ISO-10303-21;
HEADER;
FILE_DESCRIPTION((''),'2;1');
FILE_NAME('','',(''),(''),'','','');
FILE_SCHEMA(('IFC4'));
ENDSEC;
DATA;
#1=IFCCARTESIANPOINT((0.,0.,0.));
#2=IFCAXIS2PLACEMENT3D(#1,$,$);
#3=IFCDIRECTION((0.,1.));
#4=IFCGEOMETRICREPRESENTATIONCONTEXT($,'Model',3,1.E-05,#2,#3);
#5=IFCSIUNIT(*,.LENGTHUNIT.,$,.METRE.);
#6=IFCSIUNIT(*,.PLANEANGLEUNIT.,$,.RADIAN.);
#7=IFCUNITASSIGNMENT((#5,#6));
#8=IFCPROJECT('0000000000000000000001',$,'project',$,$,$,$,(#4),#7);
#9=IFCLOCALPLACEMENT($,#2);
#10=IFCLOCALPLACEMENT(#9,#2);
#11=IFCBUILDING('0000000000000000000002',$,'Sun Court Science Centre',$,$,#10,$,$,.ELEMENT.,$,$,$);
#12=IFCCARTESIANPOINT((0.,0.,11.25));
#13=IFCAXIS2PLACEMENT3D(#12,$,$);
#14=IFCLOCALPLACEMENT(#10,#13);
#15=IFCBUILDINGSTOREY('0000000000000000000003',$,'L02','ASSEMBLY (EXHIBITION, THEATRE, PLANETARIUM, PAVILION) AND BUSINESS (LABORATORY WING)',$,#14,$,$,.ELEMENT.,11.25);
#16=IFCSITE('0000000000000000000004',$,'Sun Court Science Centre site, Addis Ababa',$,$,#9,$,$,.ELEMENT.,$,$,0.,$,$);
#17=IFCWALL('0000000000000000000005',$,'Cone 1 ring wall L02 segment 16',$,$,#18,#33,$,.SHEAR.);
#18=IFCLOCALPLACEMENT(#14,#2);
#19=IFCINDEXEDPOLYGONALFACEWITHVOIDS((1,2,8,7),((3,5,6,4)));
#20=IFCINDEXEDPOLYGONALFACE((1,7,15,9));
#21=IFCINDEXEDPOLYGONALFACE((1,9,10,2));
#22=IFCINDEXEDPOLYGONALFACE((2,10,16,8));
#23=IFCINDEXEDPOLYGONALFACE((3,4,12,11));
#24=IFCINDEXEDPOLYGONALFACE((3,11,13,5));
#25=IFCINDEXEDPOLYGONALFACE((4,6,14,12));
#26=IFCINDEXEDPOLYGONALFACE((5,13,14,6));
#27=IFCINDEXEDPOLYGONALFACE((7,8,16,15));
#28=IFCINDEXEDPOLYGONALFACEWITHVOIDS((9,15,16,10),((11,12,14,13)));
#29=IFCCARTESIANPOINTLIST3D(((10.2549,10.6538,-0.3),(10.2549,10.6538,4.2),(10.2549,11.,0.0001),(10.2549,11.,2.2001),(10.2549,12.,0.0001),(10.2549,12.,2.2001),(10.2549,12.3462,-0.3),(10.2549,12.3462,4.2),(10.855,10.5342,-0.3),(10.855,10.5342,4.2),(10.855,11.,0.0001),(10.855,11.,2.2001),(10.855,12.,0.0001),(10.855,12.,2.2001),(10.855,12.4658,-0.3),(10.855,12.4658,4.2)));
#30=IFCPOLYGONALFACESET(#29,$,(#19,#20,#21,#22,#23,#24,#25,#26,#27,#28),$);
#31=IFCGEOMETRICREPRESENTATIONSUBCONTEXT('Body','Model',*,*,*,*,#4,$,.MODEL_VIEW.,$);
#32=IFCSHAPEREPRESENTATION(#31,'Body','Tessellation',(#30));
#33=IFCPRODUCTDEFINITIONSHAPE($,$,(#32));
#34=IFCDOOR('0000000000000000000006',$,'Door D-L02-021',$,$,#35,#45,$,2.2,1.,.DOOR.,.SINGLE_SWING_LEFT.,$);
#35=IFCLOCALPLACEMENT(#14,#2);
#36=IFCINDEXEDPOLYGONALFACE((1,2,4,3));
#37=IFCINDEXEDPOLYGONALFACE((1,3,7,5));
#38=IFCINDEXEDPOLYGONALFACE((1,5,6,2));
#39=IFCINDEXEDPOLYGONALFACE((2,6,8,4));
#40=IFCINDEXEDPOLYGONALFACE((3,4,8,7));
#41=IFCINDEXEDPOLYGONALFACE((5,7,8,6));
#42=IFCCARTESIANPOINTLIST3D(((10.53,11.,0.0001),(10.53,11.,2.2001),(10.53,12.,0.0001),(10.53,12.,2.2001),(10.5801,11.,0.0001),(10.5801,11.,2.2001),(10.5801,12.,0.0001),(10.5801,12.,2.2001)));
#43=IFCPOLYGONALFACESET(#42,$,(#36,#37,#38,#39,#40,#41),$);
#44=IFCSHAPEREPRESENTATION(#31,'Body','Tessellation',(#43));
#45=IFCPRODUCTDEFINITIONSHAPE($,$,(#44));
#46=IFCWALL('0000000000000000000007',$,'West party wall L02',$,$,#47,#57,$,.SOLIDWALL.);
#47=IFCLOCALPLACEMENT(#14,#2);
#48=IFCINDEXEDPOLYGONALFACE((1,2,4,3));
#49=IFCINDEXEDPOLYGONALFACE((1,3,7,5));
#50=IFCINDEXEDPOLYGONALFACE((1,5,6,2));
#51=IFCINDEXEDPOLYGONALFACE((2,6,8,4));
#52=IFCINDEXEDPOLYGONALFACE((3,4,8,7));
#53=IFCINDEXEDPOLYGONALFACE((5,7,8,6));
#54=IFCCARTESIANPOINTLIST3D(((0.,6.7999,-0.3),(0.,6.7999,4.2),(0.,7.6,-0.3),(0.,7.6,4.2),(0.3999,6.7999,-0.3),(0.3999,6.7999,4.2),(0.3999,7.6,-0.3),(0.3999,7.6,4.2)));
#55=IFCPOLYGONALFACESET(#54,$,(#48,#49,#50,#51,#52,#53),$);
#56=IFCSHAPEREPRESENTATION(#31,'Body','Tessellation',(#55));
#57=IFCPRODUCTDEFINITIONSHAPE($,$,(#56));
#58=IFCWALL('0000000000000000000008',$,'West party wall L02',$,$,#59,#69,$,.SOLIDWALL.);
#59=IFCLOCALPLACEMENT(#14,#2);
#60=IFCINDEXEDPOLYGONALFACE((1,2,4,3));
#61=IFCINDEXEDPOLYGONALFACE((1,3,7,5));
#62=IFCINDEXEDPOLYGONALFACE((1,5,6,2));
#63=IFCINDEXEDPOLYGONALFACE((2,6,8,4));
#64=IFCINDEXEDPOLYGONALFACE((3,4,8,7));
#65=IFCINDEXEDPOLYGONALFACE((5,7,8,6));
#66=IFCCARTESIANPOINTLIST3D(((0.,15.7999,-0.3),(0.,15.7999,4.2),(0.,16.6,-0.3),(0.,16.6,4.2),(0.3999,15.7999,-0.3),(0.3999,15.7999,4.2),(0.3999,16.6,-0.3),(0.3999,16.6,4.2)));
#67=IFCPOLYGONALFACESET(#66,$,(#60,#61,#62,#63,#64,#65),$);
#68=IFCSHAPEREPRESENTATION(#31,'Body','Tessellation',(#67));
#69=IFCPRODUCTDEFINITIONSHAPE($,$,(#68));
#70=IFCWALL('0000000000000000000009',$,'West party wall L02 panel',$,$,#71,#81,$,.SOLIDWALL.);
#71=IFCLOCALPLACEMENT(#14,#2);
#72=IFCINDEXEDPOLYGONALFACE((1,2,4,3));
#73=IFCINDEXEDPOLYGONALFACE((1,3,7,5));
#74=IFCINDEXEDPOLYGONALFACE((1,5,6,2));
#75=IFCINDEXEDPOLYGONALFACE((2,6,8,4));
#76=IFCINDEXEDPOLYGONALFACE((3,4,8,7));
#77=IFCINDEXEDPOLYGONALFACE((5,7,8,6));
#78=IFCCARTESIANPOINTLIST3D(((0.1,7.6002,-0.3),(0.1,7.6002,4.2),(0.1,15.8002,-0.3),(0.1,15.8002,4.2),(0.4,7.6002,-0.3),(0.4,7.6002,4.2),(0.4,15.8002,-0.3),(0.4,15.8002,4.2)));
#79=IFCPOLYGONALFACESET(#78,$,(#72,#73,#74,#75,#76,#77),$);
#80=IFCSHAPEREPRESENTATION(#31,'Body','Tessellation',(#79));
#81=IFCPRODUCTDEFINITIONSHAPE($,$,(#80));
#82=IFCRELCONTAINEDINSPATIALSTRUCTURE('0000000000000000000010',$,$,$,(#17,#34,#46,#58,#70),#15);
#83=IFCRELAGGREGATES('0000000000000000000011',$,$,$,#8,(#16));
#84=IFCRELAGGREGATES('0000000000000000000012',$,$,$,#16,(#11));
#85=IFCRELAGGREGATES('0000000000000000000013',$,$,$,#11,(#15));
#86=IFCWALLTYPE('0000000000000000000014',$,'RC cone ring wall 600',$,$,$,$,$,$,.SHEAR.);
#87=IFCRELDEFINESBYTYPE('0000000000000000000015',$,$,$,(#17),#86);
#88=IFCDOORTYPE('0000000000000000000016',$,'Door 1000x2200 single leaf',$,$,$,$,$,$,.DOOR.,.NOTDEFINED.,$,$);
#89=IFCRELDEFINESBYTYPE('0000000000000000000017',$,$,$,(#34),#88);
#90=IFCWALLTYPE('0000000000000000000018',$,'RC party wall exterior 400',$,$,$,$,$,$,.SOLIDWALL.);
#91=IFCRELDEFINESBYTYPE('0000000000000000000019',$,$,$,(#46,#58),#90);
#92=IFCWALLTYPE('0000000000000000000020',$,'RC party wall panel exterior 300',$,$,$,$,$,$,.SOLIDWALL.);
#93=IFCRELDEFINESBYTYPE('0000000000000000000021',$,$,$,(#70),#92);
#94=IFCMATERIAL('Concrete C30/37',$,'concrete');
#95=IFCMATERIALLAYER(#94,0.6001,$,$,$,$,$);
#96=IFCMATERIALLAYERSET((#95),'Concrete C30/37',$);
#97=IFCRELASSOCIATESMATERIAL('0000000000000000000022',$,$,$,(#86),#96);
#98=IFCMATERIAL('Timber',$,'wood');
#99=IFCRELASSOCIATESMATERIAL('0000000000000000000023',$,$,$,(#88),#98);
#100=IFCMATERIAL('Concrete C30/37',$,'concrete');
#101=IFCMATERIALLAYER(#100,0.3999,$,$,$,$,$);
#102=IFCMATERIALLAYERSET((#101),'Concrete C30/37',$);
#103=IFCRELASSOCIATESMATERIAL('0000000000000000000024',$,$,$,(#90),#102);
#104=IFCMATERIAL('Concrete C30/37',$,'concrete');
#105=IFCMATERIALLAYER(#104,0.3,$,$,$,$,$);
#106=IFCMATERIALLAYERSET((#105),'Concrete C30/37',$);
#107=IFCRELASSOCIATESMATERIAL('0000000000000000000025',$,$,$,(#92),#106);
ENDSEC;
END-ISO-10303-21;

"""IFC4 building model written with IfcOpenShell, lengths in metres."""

from ifc_helpers import new_model, si_unit, direction, frame, frame_2d, origin, place, context, subcontext, project, spatial, polyline, rectangle, outline, extrude, material, layer, layer_set, type_object, element, fill, save


model = new_model("IFC4")

# Units and contexts
model_context = context("Model", 3, precision=1e-05, world=origin(), true_north=direction((0.0, 1.0)))
body_context = subcontext(model_context, "Body", "Model", "MODEL_VIEW")
ifc_project = project(units=[si_unit("LENGTHUNIT", "METRE"), si_unit("PLANEANGLEUNIT", "RADIAN")], contexts=[model_context])

# Site, building, storey
site_placement = place(None, origin())
site = spatial("IfcSite", under=ifc_project, at=site_placement, Name="Sun Court Science Centre site, Addis Ababa", CompositionType="ELEMENT", RefElevation=0.0)
building_placement = place(site_placement, origin())
building = spatial("IfcBuilding", under=site, at=building_placement, Name="Sun Court Science Centre", CompositionType="ELEMENT")
storey_placement = place(building_placement, frame((0.0, 0.0, 11.25)))
storey = spatial("IfcBuildingStorey", under=building, at=storey_placement, Name="L02", Description="ASSEMBLY (EXHIBITION, THEATRE, PLANETARIUM, PAVILION) AND BUSINESS (LABORATORY WING)", CompositionType="ELEMENT", Elevation=11.25)

# Shared definitions
ifc_material_1 = material(Name="Concrete C30/37", Category="concrete")
ifc_layer_1 = layer(ifc_material_1, 0.6001)
ifc_layer_set_1 = layer_set([ifc_layer_1], Name="Concrete C30/37")
wall_type_1 = type_object("IfcWallType", Name="RC cone ring wall 600", PredefinedType="SHEAR", material=ifc_layer_set_1)

# Wall, opening, door
wall_1_placement = place(storey_placement, frame((10.5549, 10.5344, -0.3), z_axis=(0.0, 0.0, 1.0), x_axis=(0.0, 1.0, 0.0)))
wall_1 = element("IfcWall", 1, at=wall_1_placement, inside=storey, type_object=wall_type_1, Name="Cone 1 ring wall L02 segment 16", PredefinedType="SHEAR", context=body_context, shape_type="SweptSolid", body=[
    extrude(outline(polyline([(-0.0002, -0.3), (1.9314, -0.3), (1.8118, 0.3), (0.1194, 0.3), (-0.0002, -0.3)])), origin(), (0.0, 0.0, 1.0), 4.5),
])
opening_1_placement = place(wall_1_placement, frame((0.4656, 0.0, 0.3)))
opening_1 = element("IfcOpeningElement", 2, at=opening_1_placement, cuts=wall_1, PredefinedType="OPENING", context=body_context, shape_type="SweptSolid", body=[
    extrude(rectangle(XDim=1.0, YDim=2.2, at=frame_2d((0.5, 1.1001))), frame((0.0, 0.3101, 0.0), z_axis=(0.0, -1.0, 0.0), x_axis=(1.0, 0.0, 0.0)), (0.0, 0.0, 1.0), 0.6201),
])
ifc_material_2 = material(Name="Timber", Category="wood")
door_type_1 = type_object("IfcDoorType", Name="Door 1000x2200 single leaf", OperationType="NOTDEFINED", PredefinedType="DOOR", material=ifc_material_2)
door_1_placement = place(opening_1_placement, origin())
door_1 = element("IfcDoor", 3, at=door_1_placement, inside=storey, type_object=door_type_1, Name="Door D-L02-021", OperationType="SINGLE_SWING_LEFT", OverallHeight=2.2, OverallWidth=1.0, PredefinedType="DOOR", context=body_context, shape_type="SweptSolid", body=[
    extrude(rectangle(XDim=1.0, YDim=2.2, at=frame_2d((0.5, 1.1001))), frame((0.0, 0.0249, 0.0), z_axis=(0.0, -1.0, 0.0), x_axis=(1.0, 0.0, 0.0)), (0.0, 0.0, 1.0), 0.05),
])
fill(opening_1, door_1)

# Walls
ifc_material_3 = material(Name="Concrete C30/37", Category="concrete")
ifc_layer_2 = layer(ifc_material_3, 0.3999)
ifc_layer_set_2 = layer_set([ifc_layer_2], Name="Concrete C30/37")
wall_type_2 = type_object("IfcWallType", Name="RC party wall exterior 400", PredefinedType="SOLIDWALL", material=ifc_layer_set_2)
for number, where, z_axis, x_axis, name in (
    (4, (0.2, 6.8, -0.3), (0.0, 0.0, 1.0), (0.0, 1.0, 0.0), "West party wall L02"),
    (5, (0.2, 15.8, -0.3), (0.0, 0.0, 1.0), (0.0, 1.0, 0.0), "West party wall L02"),
):
    element("IfcWall", number, at=place(storey_placement, frame(where, z_axis=z_axis, x_axis=x_axis)), inside=storey, type_object=wall_type_2, Name=name, PredefinedType="SOLIDWALL", context=body_context, shape_type="SweptSolid", body=[
        extrude(rectangle(XDim=0.8, YDim=0.3999, at=frame_2d((0.3999, 0.0))), origin(), (0.0, 0.0, 1.0), 4.5),
    ])
ifc_material_4 = material(Name="Concrete C30/37", Category="concrete")
ifc_layer_3 = layer(ifc_material_4, 0.3)
ifc_layer_set_3 = layer_set([ifc_layer_3], Name="Concrete C30/37")
wall_type_3 = type_object("IfcWallType", Name="RC party wall panel exterior 300", PredefinedType="SOLIDWALL", material=ifc_layer_set_3)
wall_2_placement = place(storey_placement, frame((0.25, 7.6001, -0.3), z_axis=(0.0, 0.0, 1.0), x_axis=(0.0, 1.0, 0.0)))
element("IfcWall", 6, at=wall_2_placement, inside=storey, type_object=wall_type_3, Name="West party wall L02 panel", PredefinedType="SOLIDWALL", context=body_context, shape_type="SweptSolid", body=[
    extrude(rectangle(XDim=8.2, YDim=0.3, at=frame_2d((4.1001, 0.0))), origin(), (0.0, 0.0, 1.0), 4.5),
])

save(model, "model.ifc")
